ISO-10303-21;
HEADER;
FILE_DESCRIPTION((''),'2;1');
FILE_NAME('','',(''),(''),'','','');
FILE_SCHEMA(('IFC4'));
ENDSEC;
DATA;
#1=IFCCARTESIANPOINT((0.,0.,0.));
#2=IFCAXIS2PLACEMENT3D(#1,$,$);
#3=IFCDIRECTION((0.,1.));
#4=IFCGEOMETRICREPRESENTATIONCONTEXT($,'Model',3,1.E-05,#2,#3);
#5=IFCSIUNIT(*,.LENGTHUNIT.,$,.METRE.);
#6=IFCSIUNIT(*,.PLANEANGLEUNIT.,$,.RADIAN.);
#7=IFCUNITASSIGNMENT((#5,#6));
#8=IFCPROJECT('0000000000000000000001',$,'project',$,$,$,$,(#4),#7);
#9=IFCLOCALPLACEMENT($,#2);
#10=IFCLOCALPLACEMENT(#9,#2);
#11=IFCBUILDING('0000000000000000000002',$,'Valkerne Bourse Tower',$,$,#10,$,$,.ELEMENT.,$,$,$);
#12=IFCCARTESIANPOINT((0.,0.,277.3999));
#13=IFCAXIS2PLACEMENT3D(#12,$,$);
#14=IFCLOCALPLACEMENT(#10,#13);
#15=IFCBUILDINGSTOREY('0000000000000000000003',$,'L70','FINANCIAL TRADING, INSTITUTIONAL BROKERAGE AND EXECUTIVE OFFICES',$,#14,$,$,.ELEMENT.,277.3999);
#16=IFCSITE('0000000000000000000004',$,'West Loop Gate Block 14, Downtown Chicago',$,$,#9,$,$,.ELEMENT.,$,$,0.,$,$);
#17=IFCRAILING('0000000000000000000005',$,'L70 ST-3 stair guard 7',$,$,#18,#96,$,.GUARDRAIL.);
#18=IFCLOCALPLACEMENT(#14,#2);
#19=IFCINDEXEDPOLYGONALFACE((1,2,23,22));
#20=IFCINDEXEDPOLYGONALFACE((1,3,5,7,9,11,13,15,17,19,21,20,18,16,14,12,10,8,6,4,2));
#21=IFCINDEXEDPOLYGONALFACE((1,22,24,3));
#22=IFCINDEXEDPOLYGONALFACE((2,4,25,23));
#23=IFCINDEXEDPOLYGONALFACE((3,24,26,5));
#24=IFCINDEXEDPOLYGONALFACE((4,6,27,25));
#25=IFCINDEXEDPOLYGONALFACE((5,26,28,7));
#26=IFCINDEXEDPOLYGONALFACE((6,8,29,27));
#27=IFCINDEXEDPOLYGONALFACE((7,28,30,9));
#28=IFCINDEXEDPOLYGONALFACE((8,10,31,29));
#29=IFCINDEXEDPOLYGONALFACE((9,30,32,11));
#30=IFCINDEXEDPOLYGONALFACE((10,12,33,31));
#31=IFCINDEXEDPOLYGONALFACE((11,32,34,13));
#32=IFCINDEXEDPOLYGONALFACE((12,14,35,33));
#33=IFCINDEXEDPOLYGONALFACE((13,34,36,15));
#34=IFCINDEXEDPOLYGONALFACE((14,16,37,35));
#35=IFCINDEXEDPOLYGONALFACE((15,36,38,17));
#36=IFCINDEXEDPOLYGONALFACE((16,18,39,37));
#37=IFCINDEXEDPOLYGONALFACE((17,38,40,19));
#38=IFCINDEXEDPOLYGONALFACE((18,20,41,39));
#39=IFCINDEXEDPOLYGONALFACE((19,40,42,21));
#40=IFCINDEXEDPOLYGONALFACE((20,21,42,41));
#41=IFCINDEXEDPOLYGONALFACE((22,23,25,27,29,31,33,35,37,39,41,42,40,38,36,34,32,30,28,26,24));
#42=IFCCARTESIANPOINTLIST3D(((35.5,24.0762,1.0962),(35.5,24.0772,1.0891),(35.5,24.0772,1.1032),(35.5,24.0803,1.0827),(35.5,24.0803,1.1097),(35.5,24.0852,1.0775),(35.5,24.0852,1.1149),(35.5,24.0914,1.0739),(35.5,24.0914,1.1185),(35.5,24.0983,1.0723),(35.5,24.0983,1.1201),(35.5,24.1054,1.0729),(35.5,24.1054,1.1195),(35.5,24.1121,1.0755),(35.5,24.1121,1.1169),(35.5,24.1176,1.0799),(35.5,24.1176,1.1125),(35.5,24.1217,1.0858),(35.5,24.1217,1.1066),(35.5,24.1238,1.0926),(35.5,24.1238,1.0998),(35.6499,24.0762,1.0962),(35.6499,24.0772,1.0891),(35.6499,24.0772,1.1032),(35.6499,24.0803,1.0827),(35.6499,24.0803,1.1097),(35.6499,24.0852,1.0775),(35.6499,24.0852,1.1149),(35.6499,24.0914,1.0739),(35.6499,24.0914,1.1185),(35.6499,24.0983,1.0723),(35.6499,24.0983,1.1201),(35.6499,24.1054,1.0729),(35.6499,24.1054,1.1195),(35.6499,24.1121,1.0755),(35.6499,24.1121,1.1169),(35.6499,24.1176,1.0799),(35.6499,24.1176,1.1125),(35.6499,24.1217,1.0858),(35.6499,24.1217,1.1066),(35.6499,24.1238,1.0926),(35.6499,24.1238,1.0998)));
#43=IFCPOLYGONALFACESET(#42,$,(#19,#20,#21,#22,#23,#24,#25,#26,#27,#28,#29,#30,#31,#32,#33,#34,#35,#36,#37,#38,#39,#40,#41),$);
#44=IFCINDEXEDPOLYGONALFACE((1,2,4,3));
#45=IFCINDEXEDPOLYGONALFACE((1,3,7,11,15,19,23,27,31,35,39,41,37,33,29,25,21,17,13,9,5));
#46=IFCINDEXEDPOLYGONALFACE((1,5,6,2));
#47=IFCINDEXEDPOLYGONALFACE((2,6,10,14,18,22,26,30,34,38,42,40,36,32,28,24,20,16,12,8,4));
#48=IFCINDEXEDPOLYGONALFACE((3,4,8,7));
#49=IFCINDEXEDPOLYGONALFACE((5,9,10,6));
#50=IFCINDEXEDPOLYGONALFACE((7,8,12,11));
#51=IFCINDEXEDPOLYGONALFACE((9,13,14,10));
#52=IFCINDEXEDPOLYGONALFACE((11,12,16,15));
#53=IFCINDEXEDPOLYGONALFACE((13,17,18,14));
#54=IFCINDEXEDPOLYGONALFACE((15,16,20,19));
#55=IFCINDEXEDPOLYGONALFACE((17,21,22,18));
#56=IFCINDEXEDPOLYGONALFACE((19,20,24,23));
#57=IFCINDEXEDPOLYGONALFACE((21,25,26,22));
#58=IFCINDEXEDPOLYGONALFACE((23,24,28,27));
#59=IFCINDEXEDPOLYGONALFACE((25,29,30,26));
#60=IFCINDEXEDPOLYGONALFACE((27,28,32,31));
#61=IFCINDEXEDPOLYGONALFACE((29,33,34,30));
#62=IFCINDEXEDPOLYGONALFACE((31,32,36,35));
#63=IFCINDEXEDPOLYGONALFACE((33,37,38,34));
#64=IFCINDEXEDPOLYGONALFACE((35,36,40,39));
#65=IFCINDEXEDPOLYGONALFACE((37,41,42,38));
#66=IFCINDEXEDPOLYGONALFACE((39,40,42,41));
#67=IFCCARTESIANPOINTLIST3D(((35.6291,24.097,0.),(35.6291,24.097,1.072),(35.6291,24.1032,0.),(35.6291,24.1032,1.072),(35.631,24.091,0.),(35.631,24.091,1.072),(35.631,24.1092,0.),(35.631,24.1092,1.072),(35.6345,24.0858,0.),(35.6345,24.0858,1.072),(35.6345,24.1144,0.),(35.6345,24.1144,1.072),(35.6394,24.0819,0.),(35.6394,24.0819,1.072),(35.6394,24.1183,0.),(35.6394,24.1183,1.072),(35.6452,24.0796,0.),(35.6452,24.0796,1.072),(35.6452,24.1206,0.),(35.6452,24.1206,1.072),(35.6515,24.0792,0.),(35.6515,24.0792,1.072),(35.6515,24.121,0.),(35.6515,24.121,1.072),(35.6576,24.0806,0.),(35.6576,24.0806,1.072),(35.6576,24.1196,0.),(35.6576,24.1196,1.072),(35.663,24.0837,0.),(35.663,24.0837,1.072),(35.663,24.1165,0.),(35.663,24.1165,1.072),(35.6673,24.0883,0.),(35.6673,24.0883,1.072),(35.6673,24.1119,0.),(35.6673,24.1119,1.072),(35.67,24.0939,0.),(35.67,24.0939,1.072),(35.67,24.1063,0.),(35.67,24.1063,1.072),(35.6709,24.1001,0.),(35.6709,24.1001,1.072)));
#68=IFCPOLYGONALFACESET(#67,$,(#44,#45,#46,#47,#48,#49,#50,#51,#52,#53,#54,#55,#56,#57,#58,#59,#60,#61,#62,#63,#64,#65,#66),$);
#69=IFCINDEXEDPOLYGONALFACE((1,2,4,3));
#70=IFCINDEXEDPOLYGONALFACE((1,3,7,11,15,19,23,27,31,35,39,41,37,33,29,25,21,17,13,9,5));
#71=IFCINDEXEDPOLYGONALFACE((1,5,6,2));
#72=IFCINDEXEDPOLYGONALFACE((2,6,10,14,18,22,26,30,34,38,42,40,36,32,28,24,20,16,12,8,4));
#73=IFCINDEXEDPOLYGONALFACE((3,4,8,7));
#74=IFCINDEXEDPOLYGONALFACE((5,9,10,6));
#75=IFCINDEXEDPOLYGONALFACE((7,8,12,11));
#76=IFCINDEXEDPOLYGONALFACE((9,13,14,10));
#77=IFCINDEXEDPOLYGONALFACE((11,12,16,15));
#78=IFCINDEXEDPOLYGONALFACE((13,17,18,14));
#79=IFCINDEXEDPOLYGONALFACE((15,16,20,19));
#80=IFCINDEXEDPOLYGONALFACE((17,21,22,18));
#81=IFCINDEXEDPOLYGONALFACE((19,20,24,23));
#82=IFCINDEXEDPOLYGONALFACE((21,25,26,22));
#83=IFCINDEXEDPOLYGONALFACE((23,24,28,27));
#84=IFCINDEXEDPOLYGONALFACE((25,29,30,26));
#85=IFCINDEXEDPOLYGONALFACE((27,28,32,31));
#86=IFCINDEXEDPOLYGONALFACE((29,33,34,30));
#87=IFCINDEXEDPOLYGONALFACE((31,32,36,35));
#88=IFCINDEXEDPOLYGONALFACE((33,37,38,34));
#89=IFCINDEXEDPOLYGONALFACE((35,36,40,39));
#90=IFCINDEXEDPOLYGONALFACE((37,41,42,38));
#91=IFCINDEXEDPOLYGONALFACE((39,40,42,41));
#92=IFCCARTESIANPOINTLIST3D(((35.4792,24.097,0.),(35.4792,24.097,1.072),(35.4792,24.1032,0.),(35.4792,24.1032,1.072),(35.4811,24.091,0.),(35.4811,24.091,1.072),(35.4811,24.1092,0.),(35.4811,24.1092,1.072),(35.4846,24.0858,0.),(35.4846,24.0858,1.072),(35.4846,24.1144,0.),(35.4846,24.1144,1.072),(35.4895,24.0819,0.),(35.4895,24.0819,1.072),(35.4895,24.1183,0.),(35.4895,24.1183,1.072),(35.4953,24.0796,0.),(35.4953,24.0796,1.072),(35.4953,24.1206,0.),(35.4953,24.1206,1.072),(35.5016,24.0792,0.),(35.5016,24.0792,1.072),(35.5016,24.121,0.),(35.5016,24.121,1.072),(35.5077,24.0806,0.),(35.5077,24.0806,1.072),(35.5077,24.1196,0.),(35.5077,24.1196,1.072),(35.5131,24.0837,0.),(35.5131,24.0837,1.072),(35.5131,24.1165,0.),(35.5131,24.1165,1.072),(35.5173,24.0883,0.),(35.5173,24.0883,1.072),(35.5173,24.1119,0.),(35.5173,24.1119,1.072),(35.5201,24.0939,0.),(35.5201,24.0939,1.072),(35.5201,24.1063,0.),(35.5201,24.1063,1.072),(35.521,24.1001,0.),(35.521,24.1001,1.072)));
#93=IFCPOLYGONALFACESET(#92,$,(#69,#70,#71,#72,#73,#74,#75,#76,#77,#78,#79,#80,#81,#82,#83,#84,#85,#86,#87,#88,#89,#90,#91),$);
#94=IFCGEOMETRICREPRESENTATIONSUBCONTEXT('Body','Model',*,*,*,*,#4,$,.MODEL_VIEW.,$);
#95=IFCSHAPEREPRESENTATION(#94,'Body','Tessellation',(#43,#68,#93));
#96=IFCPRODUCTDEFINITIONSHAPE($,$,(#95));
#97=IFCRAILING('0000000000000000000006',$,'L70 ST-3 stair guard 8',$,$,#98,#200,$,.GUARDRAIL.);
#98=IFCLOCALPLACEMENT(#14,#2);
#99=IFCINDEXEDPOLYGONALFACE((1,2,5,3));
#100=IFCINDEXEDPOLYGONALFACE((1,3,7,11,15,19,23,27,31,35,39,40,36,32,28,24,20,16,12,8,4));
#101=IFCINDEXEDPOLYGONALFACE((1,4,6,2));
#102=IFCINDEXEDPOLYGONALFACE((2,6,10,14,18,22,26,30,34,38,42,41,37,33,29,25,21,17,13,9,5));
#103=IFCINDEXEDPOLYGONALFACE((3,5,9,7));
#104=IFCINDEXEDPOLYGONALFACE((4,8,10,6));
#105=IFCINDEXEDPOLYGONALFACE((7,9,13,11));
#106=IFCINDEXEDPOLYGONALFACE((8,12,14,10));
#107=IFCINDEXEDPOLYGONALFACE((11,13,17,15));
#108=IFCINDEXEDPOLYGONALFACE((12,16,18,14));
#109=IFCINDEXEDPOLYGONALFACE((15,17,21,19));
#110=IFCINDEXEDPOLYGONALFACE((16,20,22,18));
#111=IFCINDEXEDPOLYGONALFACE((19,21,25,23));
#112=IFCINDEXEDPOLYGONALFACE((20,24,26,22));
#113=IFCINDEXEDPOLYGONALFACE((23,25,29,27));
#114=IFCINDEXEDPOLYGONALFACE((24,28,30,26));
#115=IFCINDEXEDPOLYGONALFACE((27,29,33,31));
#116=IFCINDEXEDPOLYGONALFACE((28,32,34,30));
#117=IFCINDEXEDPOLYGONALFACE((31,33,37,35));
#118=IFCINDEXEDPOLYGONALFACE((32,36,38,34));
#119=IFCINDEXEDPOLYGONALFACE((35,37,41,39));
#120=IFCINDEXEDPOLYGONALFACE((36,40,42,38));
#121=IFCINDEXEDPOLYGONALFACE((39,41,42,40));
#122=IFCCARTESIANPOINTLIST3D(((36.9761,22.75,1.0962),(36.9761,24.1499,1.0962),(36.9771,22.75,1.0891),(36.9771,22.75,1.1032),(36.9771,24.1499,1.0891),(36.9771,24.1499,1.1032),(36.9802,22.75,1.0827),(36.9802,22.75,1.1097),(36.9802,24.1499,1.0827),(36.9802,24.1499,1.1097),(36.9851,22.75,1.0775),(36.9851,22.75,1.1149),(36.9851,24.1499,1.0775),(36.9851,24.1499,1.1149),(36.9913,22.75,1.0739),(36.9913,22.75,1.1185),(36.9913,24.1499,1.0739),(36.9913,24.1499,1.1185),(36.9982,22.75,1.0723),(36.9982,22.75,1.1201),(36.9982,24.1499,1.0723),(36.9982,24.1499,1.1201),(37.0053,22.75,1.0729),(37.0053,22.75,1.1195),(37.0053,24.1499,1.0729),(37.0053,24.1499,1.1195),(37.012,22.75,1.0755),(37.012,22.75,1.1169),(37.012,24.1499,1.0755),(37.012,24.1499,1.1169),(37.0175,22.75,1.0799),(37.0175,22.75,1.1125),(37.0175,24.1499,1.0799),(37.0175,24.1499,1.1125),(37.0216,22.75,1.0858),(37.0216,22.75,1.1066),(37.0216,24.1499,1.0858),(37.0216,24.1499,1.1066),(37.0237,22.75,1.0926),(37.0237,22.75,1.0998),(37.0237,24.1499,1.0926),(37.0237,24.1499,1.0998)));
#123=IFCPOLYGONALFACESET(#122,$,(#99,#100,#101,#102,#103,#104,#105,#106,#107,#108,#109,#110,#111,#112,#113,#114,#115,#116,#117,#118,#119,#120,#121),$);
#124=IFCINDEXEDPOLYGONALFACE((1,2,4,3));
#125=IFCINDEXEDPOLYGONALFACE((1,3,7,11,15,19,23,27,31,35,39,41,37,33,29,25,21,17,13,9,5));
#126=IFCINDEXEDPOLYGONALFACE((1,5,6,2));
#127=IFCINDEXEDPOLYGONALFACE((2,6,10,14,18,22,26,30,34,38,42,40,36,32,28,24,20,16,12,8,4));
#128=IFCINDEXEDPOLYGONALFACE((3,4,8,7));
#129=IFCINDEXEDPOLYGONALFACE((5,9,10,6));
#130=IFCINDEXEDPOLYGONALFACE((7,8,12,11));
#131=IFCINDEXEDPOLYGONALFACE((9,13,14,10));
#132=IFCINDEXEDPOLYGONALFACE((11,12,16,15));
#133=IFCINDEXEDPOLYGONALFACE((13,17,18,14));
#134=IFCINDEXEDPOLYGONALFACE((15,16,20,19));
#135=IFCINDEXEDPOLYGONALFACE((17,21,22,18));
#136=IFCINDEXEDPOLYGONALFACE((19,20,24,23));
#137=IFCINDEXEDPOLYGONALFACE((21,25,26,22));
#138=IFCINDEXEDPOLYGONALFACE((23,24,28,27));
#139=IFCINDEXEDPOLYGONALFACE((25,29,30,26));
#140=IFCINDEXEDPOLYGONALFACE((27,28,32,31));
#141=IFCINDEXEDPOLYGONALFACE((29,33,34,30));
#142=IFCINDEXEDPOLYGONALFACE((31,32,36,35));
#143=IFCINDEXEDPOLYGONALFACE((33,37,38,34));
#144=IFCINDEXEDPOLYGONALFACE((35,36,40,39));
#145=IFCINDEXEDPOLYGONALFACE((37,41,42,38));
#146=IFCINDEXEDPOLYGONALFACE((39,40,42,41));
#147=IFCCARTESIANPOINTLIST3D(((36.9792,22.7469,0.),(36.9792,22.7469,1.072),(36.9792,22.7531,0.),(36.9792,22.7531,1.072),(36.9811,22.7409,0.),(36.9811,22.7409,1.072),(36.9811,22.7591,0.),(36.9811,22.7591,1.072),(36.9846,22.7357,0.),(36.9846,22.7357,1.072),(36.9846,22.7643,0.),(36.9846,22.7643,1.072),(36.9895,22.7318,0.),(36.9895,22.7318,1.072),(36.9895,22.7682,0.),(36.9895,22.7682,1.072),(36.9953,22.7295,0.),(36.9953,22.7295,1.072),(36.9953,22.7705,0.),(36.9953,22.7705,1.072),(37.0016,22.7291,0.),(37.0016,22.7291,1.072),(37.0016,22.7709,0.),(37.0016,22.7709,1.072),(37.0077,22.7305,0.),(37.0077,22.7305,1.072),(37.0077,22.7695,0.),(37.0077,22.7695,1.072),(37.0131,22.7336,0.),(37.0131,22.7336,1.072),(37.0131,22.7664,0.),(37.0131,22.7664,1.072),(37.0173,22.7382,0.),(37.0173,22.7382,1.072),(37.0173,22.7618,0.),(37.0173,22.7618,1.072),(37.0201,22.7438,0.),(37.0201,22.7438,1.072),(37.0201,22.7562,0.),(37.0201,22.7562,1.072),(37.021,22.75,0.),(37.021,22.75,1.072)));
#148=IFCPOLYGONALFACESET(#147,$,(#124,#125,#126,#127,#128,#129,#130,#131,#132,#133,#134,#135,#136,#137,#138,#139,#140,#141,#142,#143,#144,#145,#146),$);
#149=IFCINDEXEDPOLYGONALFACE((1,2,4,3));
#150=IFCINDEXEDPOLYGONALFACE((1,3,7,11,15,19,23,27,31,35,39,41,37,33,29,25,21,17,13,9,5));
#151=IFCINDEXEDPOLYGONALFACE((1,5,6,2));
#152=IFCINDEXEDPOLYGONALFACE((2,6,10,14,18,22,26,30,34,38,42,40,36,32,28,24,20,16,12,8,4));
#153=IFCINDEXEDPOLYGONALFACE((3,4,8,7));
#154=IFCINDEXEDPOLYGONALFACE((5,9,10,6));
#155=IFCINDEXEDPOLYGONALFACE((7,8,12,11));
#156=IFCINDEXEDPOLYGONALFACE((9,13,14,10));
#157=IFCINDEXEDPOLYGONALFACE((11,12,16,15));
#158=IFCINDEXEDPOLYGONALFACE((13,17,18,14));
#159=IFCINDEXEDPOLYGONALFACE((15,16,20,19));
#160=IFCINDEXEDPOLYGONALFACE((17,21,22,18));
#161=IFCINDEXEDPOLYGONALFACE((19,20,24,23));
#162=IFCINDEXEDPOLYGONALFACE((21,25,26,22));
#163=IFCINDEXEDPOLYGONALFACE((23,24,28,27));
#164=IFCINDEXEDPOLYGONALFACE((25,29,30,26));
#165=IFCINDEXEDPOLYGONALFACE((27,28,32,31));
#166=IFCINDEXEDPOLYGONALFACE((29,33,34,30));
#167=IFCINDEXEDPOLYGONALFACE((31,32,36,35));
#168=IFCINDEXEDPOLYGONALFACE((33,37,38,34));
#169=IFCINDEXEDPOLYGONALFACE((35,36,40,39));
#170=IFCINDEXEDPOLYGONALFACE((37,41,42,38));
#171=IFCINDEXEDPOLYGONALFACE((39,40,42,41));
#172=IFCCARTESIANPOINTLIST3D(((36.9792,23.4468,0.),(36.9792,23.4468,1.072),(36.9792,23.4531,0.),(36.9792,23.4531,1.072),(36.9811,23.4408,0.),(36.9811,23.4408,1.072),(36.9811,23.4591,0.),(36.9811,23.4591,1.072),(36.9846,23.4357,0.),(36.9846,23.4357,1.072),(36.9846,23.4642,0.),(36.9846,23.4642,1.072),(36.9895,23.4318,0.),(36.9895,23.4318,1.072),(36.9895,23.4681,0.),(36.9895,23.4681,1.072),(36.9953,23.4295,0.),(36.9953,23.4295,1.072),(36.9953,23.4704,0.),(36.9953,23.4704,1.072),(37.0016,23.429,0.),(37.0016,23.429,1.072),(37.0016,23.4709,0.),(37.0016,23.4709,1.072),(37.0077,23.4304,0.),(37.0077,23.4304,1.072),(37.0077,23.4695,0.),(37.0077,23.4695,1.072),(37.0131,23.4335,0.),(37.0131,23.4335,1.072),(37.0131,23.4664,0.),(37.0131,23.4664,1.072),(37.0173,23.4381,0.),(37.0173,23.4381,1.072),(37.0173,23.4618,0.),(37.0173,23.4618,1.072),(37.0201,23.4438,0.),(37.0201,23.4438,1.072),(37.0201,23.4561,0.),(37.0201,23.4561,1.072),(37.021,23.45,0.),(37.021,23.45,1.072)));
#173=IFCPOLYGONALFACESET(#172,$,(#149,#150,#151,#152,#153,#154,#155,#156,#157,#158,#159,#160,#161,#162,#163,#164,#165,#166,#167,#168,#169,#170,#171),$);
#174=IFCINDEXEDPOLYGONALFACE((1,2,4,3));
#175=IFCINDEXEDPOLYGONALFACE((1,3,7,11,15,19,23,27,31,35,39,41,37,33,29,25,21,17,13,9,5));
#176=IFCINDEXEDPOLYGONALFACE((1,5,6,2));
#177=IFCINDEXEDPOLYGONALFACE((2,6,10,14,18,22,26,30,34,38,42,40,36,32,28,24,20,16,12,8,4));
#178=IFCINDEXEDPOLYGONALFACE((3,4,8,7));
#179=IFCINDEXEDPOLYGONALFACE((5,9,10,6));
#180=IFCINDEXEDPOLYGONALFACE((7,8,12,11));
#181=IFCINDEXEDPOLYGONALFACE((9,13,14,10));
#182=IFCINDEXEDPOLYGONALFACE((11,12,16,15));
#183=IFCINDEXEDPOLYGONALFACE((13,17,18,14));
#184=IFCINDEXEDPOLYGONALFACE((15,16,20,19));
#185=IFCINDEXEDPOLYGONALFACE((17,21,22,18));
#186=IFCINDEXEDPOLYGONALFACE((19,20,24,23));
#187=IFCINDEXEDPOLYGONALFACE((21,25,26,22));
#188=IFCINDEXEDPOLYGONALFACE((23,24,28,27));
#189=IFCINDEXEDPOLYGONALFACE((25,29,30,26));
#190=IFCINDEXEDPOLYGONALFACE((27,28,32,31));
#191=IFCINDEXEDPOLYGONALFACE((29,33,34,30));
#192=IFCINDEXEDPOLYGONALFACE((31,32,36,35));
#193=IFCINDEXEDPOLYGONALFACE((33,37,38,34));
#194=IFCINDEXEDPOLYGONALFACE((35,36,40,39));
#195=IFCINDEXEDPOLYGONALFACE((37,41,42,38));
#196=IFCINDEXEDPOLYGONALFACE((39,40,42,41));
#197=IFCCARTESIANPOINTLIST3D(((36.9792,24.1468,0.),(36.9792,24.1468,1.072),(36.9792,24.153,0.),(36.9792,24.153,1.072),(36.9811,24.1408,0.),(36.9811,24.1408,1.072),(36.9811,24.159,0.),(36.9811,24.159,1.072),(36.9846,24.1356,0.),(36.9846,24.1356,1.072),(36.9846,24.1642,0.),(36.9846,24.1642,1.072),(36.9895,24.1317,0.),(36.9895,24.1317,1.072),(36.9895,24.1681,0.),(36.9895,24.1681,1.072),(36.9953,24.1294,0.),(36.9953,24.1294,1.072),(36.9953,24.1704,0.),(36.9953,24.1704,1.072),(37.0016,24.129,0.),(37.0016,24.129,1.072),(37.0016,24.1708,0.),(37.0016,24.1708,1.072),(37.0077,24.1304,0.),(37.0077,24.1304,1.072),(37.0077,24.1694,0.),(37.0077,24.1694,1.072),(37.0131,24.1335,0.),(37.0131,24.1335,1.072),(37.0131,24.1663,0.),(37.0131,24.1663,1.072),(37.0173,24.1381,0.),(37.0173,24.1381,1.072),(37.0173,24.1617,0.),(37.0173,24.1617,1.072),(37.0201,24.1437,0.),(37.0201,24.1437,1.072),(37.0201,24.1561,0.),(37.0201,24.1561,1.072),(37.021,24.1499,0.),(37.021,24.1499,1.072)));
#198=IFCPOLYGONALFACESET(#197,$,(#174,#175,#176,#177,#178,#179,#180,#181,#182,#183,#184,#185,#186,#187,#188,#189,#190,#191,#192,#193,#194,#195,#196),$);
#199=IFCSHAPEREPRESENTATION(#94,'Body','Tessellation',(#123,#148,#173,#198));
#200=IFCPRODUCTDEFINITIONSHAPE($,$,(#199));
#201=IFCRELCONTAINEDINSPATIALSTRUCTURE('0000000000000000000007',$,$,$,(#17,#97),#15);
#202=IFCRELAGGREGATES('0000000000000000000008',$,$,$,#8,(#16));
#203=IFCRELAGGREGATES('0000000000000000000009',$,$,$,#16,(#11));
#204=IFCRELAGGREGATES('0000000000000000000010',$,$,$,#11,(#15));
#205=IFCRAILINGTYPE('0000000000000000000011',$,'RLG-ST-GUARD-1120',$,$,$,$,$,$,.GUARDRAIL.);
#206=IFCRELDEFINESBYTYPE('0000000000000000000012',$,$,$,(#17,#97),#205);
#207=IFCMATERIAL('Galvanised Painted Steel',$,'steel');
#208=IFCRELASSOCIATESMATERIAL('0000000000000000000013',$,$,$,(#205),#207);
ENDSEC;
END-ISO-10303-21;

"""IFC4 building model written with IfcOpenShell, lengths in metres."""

from ifc_helpers import new_model, si_unit, direction, frame, origin, origin_2d, place, context, subcontext, project, spatial, circle, extrude, material, type_object, element, save


model = new_model("IFC4")

# Units and contexts
model_context = context("Model", 3, precision=1e-05, world=origin(), true_north=direction((0.0, 1.0)))
body_context = subcontext(model_context, "Body", "Model", "MODEL_VIEW")
ifc_project = project(units=[si_unit("LENGTHUNIT", "METRE"), si_unit("PLANEANGLEUNIT", "RADIAN")], contexts=[model_context])

# Site, building, storey
site_placement = place(None, origin())
site = spatial("IfcSite", under=ifc_project, at=site_placement, Name="West Loop Gate Block 14, Downtown Chicago", CompositionType="ELEMENT", RefElevation=0.0)
building_placement = place(site_placement, origin())
building = spatial("IfcBuilding", under=site, at=building_placement, Name="Valkerne Bourse Tower", CompositionType="ELEMENT")
storey_placement = place(building_placement, frame((0.0, 0.0, 277.3999)))
storey = spatial("IfcBuildingStorey", under=building, at=storey_placement, Name="L70", Description="FINANCIAL TRADING, INSTITUTIONAL BROKERAGE AND EXECUTIVE OFFICES", CompositionType="ELEMENT", Elevation=277.3999)

# Railings
ifc_material_1 = material(Name="Galvanised Painted Steel", Category="steel")
railing_type_1 = type_object("IfcRailingType", Name="RLG-ST-GUARD-1120", PredefinedType="GUARDRAIL", material=ifc_material_1)
railing_1_placement = place(storey_placement, frame((35.6499, 24.1001, 0.0)))
element("IfcRailing", 1, at=railing_1_placement, inside=storey, type_object=railing_type_1, Name="L70 ST-3 stair guard 7", PredefinedType="GUARDRAIL", context=body_context, shape_type="SweptSolid", body=[
    extrude(circle(Radius=0.0239, at=origin_2d()), frame((0.0, 0.0, 1.0962), z_axis=(-1.0, 0.0, 0.0), x_axis=(0.0, -1.0, 0.0)), (0.0, 0.0, 1.0), 0.1499),
    extrude(circle(Radius=0.021, at=origin_2d()), origin(), (0.0, 0.0, 1.0), 1.072),
    extrude(circle(Radius=0.021, at=origin_2d()), frame((-0.1499, 0.0, 0.0)), (0.0, 0.0, 1.0), 1.072),
])
railing_2_placement = place(storey_placement, frame((37.0, 22.75, 0.0)))
element("IfcRailing", 2, at=railing_2_placement, inside=storey, type_object=railing_type_1, Name="L70 ST-3 stair guard 8", PredefinedType="GUARDRAIL", context=body_context, shape_type="SweptSolid", body=[
    extrude(circle(Radius=0.0239, at=origin_2d()), frame((0.0, 0.0, 1.0962), z_axis=(0.0, 1.0, 0.0), x_axis=(-1.0, 0.0, 0.0)), (0.0, 0.0, 1.0), 1.3999),
    extrude(circle(Radius=0.021, at=origin_2d()), origin(), (0.0, 0.0, 1.0), 1.072),
    extrude(circle(Radius=0.021, at=origin_2d()), frame((0.0, 0.7, 0.0)), (0.0, 0.0, 1.0), 1.072),
    extrude(circle(Radius=0.021, at=origin_2d()), frame((0.0, 1.3999, 0.0)), (0.0, 0.0, 1.0), 1.072),
])

save(model, "model.ifc")
